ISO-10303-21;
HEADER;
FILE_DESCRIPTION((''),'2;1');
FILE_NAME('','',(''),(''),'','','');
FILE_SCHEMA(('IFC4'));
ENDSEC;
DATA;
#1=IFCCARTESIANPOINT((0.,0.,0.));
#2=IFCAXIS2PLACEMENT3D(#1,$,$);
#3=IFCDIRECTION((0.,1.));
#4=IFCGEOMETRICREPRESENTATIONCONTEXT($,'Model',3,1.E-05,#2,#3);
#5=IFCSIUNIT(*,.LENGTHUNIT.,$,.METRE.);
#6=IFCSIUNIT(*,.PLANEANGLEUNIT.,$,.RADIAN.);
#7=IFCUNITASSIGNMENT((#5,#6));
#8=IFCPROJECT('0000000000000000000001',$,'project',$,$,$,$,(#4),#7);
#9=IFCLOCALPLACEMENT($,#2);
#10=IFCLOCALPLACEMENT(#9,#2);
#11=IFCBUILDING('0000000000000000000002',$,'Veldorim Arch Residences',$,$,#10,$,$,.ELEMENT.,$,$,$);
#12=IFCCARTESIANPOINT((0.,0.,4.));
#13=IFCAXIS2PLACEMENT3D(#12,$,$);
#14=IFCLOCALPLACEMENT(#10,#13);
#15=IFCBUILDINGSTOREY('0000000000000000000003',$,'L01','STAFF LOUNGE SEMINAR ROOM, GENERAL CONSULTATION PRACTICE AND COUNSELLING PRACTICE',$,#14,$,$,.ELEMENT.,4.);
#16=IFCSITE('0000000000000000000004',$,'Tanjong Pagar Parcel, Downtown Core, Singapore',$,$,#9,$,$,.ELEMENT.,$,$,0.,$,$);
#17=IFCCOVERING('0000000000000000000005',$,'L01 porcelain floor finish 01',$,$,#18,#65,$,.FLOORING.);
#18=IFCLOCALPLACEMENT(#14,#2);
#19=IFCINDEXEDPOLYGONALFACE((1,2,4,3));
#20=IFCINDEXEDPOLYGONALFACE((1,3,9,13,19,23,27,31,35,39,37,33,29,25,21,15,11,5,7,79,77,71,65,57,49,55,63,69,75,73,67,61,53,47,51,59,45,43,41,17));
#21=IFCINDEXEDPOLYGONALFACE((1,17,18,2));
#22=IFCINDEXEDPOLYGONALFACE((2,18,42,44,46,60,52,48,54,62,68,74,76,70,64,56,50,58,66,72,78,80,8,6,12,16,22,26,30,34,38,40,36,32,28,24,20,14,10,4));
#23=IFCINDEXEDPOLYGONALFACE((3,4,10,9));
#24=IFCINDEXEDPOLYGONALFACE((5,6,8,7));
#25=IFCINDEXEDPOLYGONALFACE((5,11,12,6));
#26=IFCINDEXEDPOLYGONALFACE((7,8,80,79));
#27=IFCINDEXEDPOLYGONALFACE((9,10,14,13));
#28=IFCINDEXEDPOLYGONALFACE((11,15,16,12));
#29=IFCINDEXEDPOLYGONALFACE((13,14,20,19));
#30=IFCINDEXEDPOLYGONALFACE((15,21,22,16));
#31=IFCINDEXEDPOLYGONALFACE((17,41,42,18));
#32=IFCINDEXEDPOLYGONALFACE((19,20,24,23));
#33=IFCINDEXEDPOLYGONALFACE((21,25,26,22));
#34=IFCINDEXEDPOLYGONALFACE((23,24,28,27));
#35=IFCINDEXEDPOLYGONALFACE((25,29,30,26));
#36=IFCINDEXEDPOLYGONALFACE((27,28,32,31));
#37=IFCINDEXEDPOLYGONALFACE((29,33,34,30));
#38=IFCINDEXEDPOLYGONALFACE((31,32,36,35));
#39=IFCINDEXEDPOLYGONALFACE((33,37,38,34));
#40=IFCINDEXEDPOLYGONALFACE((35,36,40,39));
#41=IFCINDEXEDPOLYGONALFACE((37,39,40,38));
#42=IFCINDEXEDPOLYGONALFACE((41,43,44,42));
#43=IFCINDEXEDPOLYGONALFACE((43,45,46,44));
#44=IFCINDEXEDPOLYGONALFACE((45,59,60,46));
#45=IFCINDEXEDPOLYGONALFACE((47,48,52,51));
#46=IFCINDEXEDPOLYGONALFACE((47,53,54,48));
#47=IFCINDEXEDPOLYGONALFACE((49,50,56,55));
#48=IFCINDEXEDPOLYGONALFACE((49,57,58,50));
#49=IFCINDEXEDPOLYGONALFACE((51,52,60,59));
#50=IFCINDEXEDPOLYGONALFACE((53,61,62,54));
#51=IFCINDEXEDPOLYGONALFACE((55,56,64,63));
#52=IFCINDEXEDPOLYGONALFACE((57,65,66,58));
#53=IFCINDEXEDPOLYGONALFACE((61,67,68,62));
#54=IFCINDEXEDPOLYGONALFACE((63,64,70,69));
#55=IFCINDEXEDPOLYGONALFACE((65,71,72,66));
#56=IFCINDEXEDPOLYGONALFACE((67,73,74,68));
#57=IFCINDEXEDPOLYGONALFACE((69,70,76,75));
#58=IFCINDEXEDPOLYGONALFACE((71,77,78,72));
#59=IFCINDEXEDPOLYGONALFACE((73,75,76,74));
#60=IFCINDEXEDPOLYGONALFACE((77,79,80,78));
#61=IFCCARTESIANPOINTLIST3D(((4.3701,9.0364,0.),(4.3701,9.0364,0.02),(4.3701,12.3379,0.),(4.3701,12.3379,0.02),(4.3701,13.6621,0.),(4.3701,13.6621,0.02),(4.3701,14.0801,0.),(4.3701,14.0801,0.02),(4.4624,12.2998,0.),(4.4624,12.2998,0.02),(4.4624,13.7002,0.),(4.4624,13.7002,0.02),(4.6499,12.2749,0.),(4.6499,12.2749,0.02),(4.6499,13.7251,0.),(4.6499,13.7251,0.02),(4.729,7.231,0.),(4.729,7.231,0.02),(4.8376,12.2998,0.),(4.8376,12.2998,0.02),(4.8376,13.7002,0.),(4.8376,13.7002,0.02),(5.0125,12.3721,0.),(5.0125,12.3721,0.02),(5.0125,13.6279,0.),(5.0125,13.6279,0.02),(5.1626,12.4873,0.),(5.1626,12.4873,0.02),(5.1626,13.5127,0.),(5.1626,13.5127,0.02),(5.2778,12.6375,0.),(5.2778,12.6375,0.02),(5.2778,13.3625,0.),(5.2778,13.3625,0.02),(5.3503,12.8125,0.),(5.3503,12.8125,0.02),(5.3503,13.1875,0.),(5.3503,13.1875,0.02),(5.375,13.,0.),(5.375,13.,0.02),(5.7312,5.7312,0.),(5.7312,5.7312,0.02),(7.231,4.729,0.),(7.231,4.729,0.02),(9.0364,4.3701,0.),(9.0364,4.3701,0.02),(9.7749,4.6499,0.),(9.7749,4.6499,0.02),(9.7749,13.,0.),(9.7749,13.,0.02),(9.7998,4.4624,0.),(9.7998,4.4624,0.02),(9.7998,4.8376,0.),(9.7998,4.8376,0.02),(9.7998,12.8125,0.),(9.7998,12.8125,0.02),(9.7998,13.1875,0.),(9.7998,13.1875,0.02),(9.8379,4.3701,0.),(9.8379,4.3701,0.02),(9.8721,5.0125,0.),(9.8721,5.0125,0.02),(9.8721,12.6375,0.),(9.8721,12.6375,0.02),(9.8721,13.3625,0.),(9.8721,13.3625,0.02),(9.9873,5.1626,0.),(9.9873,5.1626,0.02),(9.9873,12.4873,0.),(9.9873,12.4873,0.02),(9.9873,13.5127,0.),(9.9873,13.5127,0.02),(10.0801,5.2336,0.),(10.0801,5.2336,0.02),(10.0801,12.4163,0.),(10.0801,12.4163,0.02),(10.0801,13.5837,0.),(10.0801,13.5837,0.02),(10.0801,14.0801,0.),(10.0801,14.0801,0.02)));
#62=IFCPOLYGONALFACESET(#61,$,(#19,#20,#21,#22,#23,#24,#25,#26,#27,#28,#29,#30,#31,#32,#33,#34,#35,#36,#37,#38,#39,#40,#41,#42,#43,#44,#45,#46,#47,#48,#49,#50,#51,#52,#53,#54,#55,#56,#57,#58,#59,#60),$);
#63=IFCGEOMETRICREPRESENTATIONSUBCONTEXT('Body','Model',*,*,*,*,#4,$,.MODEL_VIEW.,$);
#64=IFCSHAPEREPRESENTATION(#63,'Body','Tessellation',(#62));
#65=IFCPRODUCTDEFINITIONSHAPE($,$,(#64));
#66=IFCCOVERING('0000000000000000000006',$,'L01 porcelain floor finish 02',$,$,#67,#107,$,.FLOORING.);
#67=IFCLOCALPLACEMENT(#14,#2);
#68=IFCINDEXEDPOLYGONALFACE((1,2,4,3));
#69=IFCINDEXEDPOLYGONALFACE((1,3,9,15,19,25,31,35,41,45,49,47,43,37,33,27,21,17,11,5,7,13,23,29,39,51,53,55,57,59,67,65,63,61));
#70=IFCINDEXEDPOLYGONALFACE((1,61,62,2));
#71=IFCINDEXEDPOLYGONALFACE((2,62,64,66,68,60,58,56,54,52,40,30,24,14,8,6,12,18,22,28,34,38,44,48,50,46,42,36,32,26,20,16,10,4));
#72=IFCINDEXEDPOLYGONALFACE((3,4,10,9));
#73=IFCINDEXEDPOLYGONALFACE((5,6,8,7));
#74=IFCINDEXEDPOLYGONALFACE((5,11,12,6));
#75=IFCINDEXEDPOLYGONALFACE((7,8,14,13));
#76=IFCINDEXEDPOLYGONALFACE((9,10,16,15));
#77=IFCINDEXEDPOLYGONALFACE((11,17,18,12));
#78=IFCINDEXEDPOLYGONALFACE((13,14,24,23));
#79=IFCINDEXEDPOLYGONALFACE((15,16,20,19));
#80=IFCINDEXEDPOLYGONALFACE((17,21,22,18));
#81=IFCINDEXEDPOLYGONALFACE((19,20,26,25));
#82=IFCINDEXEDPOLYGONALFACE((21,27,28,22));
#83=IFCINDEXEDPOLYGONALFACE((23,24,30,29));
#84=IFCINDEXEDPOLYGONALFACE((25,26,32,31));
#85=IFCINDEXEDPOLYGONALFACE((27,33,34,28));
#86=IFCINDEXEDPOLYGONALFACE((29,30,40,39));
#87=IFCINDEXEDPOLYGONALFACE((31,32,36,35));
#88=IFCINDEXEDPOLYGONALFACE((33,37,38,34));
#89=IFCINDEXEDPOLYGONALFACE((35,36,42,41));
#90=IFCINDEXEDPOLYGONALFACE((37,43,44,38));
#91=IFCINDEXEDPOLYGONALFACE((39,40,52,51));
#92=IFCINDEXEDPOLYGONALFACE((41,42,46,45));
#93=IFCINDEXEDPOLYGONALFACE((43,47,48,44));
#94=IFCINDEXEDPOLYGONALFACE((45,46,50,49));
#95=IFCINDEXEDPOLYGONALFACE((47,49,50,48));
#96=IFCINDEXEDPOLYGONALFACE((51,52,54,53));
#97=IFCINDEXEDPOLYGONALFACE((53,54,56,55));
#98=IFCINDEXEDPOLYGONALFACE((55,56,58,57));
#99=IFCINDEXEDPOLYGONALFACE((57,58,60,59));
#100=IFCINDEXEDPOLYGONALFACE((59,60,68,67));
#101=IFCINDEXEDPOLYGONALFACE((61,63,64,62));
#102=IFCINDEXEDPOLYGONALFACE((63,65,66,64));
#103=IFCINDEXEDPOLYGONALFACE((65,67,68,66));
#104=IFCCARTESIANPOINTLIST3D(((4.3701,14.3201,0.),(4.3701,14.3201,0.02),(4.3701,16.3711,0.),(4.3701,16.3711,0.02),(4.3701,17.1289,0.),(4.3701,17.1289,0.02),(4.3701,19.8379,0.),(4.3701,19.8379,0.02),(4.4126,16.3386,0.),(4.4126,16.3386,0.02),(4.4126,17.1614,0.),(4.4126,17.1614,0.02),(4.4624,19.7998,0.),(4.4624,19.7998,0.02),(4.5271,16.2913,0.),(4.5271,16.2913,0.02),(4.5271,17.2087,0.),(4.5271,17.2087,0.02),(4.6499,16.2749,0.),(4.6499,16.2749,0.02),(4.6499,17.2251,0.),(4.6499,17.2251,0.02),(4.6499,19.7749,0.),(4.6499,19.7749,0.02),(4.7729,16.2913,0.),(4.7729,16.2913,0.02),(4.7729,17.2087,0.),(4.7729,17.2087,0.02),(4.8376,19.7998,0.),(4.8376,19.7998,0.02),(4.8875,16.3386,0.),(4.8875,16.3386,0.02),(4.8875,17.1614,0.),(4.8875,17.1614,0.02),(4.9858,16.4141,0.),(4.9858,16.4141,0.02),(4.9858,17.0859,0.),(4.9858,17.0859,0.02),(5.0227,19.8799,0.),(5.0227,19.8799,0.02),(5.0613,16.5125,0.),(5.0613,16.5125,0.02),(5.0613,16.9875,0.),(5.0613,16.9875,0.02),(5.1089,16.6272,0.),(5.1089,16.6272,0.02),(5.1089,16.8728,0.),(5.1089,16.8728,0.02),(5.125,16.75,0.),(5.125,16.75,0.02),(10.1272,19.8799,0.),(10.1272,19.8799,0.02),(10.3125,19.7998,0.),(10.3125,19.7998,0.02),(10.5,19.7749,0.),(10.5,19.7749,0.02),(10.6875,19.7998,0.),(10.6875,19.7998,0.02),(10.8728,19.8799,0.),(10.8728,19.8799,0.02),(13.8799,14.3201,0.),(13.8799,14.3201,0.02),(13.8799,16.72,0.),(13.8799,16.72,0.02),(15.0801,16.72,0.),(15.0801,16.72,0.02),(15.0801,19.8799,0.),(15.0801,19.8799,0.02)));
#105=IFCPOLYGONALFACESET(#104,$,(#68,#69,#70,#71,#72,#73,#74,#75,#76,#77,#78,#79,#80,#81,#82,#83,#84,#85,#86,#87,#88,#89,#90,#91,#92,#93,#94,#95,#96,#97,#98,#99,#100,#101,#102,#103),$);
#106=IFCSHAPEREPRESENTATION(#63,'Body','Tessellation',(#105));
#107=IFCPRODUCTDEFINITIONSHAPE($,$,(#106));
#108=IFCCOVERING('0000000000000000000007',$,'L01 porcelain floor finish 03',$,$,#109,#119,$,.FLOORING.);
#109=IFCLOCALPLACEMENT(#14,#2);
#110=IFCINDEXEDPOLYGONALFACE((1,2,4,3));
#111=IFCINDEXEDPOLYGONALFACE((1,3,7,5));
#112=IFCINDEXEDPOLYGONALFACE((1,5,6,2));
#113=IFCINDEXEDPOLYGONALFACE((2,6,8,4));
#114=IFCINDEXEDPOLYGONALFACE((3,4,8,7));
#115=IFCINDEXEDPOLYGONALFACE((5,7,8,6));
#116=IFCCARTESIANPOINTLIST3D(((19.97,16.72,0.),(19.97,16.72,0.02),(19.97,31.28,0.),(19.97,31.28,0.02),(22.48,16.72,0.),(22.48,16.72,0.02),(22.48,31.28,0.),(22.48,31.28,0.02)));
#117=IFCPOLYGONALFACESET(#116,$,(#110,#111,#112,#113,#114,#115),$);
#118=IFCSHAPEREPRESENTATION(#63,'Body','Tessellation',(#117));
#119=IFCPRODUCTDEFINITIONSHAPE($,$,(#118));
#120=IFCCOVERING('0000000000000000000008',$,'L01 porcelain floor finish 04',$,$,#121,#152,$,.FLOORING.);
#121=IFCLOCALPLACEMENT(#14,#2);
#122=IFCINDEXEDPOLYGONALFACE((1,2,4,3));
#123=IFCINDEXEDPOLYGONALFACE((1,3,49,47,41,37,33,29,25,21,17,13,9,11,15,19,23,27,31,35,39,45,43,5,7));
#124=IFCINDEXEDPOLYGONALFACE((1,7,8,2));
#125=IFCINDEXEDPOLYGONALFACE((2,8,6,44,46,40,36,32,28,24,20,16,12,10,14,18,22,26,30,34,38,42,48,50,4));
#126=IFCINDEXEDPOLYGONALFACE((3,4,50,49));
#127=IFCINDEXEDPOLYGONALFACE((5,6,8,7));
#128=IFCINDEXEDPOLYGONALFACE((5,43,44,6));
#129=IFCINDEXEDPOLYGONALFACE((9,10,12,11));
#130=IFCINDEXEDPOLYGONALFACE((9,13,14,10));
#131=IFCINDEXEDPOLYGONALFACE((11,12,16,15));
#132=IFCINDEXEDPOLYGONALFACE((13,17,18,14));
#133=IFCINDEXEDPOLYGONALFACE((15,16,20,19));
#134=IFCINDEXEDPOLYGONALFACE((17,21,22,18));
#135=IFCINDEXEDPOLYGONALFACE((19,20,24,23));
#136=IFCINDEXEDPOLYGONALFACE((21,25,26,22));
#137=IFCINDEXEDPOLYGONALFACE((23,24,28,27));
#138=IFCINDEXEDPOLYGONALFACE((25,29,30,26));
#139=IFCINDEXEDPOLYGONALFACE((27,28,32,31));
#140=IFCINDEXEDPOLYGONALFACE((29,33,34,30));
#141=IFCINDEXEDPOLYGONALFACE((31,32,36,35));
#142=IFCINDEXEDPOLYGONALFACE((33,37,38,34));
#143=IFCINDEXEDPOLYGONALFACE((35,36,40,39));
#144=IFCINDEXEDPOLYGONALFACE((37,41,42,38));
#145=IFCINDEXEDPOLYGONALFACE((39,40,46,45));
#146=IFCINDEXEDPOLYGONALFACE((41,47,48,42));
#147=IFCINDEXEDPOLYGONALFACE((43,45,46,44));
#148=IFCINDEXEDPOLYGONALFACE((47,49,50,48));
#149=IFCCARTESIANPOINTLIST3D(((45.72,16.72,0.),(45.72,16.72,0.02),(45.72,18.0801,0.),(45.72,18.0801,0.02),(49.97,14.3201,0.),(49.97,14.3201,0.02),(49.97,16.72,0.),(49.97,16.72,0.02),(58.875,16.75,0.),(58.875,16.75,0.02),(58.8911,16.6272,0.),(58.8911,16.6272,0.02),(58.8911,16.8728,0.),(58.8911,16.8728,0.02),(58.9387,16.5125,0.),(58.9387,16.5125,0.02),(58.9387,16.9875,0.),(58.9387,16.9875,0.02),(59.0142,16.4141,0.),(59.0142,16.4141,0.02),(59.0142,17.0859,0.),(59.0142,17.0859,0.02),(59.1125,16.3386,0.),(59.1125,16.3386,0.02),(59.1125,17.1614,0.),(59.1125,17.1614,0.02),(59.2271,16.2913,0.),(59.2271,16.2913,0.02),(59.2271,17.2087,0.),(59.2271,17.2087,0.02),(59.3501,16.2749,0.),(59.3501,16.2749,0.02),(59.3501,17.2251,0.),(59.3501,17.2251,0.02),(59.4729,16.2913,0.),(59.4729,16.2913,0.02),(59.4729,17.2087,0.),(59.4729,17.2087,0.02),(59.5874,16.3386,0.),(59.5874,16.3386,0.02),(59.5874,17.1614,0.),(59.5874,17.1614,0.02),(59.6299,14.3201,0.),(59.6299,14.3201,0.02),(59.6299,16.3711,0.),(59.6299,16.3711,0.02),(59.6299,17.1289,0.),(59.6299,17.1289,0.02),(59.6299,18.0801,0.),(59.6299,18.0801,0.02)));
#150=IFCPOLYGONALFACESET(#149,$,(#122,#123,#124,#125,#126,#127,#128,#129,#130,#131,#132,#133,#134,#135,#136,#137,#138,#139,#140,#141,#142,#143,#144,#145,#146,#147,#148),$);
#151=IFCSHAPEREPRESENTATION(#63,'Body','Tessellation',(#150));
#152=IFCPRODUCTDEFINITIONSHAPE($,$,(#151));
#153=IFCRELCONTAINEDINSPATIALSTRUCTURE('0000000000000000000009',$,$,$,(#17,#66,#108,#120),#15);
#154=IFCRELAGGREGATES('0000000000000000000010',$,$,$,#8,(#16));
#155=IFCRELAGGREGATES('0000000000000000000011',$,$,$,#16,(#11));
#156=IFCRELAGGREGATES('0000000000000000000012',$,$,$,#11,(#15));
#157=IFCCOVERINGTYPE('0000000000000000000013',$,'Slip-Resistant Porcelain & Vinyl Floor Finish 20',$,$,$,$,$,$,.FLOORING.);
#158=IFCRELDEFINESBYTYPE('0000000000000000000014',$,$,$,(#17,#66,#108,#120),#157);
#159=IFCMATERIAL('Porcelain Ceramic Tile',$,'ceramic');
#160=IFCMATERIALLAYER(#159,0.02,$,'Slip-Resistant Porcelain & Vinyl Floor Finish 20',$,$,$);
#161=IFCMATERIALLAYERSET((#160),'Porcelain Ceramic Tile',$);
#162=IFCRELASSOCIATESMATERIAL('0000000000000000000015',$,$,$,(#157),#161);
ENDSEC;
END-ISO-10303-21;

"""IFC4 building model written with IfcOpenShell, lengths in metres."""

from ifc_helpers import new_model, si_unit, direction, frame, origin, place, context, subcontext, project, spatial, polyline, outline, extrude, material, layer, layer_set, type_object, element, save


model = new_model("IFC4")

# Units and contexts
model_context = context("Model", 3, precision=1e-05, world=origin(), true_north=direction((0.0, 1.0)))
body_context = subcontext(model_context, "Body", "Model", "MODEL_VIEW")
ifc_project = project(units=[si_unit("LENGTHUNIT", "METRE"), si_unit("PLANEANGLEUNIT", "RADIAN")], contexts=[model_context])

# Site, building, storey
site_placement = place(None, origin())
site = spatial("IfcSite", under=ifc_project, at=site_placement, Name="Tanjong Pagar Parcel, Downtown Core, Singapore", CompositionType="ELEMENT", RefElevation=0.0)
building_placement = place(site_placement, origin())
building = spatial("IfcBuilding", under=site, at=building_placement, Name="Veldorim Arch Residences", CompositionType="ELEMENT")
storey_placement = place(building_placement, frame((0.0, 0.0, 4.0)))
storey = spatial("IfcBuildingStorey", under=building, at=storey_placement, Name="L01", Description="STAFF LOUNGE SEMINAR ROOM, GENERAL CONSULTATION PRACTICE AND COUNSELLING PRACTICE", CompositionType="ELEMENT", Elevation=4.0)

# Coverings
ifc_material_1 = material(Name="Porcelain Ceramic Tile", Category="ceramic")
ifc_layer_1 = layer(ifc_material_1, 0.02, Name="Slip-Resistant Porcelain & Vinyl Floor Finish 20")
ifc_layer_set_1 = layer_set([ifc_layer_1], Name="Porcelain Ceramic Tile")
covering_type_1 = type_object("IfcCoveringType", Name="Slip-Resistant Porcelain & Vinyl Floor Finish 20", PredefinedType="FLOORING", material=ifc_layer_set_1)
covering_1_placement = place(storey_placement, origin())
element("IfcCovering", 1, at=covering_1_placement, inside=storey, type_object=covering_type_1, Name="L01 porcelain floor finish 01", PredefinedType="FLOORING", context=body_context, shape_type="SweptSolid", body=[
    extrude(outline(polyline([(5.7312, 5.7312), (4.729, 7.231), (4.3701, 9.0364), (4.3701, 12.3379), (4.4624, 12.2998), (4.6499, 12.2749), (4.8376, 12.2998), (5.0125, 12.3721), (5.1626, 12.4873), (5.2778, 12.6375), (5.3503, 12.8125), (5.375, 13.0), (5.3503, 13.1875), (5.2778, 13.3625), (5.1626, 13.5127), (5.0125, 13.6279), (4.8376, 13.7002), (4.6499, 13.7251), (4.4624, 13.7002), (4.3701, 13.6621), (4.3701, 14.0801), (10.0801, 14.0801), (10.0801, 13.5837), (9.9873, 13.5127), (9.8721, 13.3625), (9.7998, 13.1875), (9.7749, 13.0), (9.7998, 12.8125), (9.8721, 12.6375), (9.9873, 12.4873), (10.0801, 12.4163), (10.0801, 5.2336), (9.9873, 5.1626), (9.8721, 5.0125), (9.7998, 4.8376), (9.7749, 4.6499), (9.7998, 4.4624), (9.8379, 4.3701), (9.0364, 4.3701), (7.231, 4.729), (5.7312, 5.7312)])), origin(), (0.0, 0.0, 1.0), 0.02),
])
covering_2_placement = place(storey_placement, origin())
element("IfcCovering", 2, at=covering_2_placement, inside=storey, type_object=covering_type_1, Name="L01 porcelain floor finish 02", PredefinedType="FLOORING", context=body_context, shape_type="SweptSolid", body=[
    extrude(outline(polyline([(15.0801, 16.72), (13.8799, 16.72), (13.8799, 14.3201), (4.3701, 14.3201), (4.3701, 16.3711), (4.4126, 16.3386), (4.5271, 16.2913), (4.6499, 16.2749), (4.7729, 16.2913), (4.8875, 16.3386), (4.9858, 16.4141), (5.0613, 16.5125), (5.1089, 16.6272), (5.125, 16.75), (5.1089, 16.8728), (5.0613, 16.9875), (4.9858, 17.0859), (4.8875, 17.1614), (4.7729, 17.2087), (4.6499, 17.2251), (4.5271, 17.2087), (4.4126, 17.1614), (4.3701, 17.1289), (4.3701, 19.8379), (4.4624, 19.7998), (4.6499, 19.7749), (4.8376, 19.7998), (5.0227, 19.8799), (10.1272, 19.8799), (10.3125, 19.7998), (10.5, 19.7749), (10.6875, 19.7998), (10.8728, 19.8799), (15.0801, 19.8799), (15.0801, 16.72)])), origin(), (0.0, 0.0, 1.0), 0.02),
])
covering_3_placement = place(storey_placement, origin())
element("IfcCovering", 3, at=covering_3_placement, inside=storey, type_object=covering_type_1, Name="L01 porcelain floor finish 03", PredefinedType="FLOORING", context=body_context, shape_type="SweptSolid", body=[
    extrude(outline(polyline([(22.48, 31.28), (22.48, 16.72), (19.97, 16.72), (19.97, 31.28), (22.48, 31.28)])), origin(), (0.0, 0.0, 1.0), 0.02),
])
covering_4_placement = place(storey_placement, origin())
element("IfcCovering", 4, at=covering_4_placement, inside=storey, type_object=covering_type_1, Name="L01 porcelain floor finish 04", PredefinedType="FLOORING", context=body_context, shape_type="SweptSolid", body=[
    extrude(outline(polyline([(49.97, 16.72), (45.72, 16.72), (45.72, 18.0801), (59.6299, 18.0801), (59.6299, 17.1289), (59.5874, 17.1614), (59.4729, 17.2087), (59.3501, 17.2251), (59.2271, 17.2087), (59.1125, 17.1614), (59.0142, 17.0859), (58.9387, 16.9875), (58.8911, 16.8728), (58.875, 16.75), (58.8911, 16.6272), (58.9387, 16.5125), (59.0142, 16.4141), (59.1125, 16.3386), (59.2271, 16.2913), (59.3501, 16.2749), (59.4729, 16.2913), (59.5874, 16.3386), (59.6299, 16.3711), (59.6299, 14.3201), (49.97, 14.3201), (49.97, 16.72)])), origin(), (0.0, 0.0, 1.0), 0.02),
])

save(model, "model.ifc")
